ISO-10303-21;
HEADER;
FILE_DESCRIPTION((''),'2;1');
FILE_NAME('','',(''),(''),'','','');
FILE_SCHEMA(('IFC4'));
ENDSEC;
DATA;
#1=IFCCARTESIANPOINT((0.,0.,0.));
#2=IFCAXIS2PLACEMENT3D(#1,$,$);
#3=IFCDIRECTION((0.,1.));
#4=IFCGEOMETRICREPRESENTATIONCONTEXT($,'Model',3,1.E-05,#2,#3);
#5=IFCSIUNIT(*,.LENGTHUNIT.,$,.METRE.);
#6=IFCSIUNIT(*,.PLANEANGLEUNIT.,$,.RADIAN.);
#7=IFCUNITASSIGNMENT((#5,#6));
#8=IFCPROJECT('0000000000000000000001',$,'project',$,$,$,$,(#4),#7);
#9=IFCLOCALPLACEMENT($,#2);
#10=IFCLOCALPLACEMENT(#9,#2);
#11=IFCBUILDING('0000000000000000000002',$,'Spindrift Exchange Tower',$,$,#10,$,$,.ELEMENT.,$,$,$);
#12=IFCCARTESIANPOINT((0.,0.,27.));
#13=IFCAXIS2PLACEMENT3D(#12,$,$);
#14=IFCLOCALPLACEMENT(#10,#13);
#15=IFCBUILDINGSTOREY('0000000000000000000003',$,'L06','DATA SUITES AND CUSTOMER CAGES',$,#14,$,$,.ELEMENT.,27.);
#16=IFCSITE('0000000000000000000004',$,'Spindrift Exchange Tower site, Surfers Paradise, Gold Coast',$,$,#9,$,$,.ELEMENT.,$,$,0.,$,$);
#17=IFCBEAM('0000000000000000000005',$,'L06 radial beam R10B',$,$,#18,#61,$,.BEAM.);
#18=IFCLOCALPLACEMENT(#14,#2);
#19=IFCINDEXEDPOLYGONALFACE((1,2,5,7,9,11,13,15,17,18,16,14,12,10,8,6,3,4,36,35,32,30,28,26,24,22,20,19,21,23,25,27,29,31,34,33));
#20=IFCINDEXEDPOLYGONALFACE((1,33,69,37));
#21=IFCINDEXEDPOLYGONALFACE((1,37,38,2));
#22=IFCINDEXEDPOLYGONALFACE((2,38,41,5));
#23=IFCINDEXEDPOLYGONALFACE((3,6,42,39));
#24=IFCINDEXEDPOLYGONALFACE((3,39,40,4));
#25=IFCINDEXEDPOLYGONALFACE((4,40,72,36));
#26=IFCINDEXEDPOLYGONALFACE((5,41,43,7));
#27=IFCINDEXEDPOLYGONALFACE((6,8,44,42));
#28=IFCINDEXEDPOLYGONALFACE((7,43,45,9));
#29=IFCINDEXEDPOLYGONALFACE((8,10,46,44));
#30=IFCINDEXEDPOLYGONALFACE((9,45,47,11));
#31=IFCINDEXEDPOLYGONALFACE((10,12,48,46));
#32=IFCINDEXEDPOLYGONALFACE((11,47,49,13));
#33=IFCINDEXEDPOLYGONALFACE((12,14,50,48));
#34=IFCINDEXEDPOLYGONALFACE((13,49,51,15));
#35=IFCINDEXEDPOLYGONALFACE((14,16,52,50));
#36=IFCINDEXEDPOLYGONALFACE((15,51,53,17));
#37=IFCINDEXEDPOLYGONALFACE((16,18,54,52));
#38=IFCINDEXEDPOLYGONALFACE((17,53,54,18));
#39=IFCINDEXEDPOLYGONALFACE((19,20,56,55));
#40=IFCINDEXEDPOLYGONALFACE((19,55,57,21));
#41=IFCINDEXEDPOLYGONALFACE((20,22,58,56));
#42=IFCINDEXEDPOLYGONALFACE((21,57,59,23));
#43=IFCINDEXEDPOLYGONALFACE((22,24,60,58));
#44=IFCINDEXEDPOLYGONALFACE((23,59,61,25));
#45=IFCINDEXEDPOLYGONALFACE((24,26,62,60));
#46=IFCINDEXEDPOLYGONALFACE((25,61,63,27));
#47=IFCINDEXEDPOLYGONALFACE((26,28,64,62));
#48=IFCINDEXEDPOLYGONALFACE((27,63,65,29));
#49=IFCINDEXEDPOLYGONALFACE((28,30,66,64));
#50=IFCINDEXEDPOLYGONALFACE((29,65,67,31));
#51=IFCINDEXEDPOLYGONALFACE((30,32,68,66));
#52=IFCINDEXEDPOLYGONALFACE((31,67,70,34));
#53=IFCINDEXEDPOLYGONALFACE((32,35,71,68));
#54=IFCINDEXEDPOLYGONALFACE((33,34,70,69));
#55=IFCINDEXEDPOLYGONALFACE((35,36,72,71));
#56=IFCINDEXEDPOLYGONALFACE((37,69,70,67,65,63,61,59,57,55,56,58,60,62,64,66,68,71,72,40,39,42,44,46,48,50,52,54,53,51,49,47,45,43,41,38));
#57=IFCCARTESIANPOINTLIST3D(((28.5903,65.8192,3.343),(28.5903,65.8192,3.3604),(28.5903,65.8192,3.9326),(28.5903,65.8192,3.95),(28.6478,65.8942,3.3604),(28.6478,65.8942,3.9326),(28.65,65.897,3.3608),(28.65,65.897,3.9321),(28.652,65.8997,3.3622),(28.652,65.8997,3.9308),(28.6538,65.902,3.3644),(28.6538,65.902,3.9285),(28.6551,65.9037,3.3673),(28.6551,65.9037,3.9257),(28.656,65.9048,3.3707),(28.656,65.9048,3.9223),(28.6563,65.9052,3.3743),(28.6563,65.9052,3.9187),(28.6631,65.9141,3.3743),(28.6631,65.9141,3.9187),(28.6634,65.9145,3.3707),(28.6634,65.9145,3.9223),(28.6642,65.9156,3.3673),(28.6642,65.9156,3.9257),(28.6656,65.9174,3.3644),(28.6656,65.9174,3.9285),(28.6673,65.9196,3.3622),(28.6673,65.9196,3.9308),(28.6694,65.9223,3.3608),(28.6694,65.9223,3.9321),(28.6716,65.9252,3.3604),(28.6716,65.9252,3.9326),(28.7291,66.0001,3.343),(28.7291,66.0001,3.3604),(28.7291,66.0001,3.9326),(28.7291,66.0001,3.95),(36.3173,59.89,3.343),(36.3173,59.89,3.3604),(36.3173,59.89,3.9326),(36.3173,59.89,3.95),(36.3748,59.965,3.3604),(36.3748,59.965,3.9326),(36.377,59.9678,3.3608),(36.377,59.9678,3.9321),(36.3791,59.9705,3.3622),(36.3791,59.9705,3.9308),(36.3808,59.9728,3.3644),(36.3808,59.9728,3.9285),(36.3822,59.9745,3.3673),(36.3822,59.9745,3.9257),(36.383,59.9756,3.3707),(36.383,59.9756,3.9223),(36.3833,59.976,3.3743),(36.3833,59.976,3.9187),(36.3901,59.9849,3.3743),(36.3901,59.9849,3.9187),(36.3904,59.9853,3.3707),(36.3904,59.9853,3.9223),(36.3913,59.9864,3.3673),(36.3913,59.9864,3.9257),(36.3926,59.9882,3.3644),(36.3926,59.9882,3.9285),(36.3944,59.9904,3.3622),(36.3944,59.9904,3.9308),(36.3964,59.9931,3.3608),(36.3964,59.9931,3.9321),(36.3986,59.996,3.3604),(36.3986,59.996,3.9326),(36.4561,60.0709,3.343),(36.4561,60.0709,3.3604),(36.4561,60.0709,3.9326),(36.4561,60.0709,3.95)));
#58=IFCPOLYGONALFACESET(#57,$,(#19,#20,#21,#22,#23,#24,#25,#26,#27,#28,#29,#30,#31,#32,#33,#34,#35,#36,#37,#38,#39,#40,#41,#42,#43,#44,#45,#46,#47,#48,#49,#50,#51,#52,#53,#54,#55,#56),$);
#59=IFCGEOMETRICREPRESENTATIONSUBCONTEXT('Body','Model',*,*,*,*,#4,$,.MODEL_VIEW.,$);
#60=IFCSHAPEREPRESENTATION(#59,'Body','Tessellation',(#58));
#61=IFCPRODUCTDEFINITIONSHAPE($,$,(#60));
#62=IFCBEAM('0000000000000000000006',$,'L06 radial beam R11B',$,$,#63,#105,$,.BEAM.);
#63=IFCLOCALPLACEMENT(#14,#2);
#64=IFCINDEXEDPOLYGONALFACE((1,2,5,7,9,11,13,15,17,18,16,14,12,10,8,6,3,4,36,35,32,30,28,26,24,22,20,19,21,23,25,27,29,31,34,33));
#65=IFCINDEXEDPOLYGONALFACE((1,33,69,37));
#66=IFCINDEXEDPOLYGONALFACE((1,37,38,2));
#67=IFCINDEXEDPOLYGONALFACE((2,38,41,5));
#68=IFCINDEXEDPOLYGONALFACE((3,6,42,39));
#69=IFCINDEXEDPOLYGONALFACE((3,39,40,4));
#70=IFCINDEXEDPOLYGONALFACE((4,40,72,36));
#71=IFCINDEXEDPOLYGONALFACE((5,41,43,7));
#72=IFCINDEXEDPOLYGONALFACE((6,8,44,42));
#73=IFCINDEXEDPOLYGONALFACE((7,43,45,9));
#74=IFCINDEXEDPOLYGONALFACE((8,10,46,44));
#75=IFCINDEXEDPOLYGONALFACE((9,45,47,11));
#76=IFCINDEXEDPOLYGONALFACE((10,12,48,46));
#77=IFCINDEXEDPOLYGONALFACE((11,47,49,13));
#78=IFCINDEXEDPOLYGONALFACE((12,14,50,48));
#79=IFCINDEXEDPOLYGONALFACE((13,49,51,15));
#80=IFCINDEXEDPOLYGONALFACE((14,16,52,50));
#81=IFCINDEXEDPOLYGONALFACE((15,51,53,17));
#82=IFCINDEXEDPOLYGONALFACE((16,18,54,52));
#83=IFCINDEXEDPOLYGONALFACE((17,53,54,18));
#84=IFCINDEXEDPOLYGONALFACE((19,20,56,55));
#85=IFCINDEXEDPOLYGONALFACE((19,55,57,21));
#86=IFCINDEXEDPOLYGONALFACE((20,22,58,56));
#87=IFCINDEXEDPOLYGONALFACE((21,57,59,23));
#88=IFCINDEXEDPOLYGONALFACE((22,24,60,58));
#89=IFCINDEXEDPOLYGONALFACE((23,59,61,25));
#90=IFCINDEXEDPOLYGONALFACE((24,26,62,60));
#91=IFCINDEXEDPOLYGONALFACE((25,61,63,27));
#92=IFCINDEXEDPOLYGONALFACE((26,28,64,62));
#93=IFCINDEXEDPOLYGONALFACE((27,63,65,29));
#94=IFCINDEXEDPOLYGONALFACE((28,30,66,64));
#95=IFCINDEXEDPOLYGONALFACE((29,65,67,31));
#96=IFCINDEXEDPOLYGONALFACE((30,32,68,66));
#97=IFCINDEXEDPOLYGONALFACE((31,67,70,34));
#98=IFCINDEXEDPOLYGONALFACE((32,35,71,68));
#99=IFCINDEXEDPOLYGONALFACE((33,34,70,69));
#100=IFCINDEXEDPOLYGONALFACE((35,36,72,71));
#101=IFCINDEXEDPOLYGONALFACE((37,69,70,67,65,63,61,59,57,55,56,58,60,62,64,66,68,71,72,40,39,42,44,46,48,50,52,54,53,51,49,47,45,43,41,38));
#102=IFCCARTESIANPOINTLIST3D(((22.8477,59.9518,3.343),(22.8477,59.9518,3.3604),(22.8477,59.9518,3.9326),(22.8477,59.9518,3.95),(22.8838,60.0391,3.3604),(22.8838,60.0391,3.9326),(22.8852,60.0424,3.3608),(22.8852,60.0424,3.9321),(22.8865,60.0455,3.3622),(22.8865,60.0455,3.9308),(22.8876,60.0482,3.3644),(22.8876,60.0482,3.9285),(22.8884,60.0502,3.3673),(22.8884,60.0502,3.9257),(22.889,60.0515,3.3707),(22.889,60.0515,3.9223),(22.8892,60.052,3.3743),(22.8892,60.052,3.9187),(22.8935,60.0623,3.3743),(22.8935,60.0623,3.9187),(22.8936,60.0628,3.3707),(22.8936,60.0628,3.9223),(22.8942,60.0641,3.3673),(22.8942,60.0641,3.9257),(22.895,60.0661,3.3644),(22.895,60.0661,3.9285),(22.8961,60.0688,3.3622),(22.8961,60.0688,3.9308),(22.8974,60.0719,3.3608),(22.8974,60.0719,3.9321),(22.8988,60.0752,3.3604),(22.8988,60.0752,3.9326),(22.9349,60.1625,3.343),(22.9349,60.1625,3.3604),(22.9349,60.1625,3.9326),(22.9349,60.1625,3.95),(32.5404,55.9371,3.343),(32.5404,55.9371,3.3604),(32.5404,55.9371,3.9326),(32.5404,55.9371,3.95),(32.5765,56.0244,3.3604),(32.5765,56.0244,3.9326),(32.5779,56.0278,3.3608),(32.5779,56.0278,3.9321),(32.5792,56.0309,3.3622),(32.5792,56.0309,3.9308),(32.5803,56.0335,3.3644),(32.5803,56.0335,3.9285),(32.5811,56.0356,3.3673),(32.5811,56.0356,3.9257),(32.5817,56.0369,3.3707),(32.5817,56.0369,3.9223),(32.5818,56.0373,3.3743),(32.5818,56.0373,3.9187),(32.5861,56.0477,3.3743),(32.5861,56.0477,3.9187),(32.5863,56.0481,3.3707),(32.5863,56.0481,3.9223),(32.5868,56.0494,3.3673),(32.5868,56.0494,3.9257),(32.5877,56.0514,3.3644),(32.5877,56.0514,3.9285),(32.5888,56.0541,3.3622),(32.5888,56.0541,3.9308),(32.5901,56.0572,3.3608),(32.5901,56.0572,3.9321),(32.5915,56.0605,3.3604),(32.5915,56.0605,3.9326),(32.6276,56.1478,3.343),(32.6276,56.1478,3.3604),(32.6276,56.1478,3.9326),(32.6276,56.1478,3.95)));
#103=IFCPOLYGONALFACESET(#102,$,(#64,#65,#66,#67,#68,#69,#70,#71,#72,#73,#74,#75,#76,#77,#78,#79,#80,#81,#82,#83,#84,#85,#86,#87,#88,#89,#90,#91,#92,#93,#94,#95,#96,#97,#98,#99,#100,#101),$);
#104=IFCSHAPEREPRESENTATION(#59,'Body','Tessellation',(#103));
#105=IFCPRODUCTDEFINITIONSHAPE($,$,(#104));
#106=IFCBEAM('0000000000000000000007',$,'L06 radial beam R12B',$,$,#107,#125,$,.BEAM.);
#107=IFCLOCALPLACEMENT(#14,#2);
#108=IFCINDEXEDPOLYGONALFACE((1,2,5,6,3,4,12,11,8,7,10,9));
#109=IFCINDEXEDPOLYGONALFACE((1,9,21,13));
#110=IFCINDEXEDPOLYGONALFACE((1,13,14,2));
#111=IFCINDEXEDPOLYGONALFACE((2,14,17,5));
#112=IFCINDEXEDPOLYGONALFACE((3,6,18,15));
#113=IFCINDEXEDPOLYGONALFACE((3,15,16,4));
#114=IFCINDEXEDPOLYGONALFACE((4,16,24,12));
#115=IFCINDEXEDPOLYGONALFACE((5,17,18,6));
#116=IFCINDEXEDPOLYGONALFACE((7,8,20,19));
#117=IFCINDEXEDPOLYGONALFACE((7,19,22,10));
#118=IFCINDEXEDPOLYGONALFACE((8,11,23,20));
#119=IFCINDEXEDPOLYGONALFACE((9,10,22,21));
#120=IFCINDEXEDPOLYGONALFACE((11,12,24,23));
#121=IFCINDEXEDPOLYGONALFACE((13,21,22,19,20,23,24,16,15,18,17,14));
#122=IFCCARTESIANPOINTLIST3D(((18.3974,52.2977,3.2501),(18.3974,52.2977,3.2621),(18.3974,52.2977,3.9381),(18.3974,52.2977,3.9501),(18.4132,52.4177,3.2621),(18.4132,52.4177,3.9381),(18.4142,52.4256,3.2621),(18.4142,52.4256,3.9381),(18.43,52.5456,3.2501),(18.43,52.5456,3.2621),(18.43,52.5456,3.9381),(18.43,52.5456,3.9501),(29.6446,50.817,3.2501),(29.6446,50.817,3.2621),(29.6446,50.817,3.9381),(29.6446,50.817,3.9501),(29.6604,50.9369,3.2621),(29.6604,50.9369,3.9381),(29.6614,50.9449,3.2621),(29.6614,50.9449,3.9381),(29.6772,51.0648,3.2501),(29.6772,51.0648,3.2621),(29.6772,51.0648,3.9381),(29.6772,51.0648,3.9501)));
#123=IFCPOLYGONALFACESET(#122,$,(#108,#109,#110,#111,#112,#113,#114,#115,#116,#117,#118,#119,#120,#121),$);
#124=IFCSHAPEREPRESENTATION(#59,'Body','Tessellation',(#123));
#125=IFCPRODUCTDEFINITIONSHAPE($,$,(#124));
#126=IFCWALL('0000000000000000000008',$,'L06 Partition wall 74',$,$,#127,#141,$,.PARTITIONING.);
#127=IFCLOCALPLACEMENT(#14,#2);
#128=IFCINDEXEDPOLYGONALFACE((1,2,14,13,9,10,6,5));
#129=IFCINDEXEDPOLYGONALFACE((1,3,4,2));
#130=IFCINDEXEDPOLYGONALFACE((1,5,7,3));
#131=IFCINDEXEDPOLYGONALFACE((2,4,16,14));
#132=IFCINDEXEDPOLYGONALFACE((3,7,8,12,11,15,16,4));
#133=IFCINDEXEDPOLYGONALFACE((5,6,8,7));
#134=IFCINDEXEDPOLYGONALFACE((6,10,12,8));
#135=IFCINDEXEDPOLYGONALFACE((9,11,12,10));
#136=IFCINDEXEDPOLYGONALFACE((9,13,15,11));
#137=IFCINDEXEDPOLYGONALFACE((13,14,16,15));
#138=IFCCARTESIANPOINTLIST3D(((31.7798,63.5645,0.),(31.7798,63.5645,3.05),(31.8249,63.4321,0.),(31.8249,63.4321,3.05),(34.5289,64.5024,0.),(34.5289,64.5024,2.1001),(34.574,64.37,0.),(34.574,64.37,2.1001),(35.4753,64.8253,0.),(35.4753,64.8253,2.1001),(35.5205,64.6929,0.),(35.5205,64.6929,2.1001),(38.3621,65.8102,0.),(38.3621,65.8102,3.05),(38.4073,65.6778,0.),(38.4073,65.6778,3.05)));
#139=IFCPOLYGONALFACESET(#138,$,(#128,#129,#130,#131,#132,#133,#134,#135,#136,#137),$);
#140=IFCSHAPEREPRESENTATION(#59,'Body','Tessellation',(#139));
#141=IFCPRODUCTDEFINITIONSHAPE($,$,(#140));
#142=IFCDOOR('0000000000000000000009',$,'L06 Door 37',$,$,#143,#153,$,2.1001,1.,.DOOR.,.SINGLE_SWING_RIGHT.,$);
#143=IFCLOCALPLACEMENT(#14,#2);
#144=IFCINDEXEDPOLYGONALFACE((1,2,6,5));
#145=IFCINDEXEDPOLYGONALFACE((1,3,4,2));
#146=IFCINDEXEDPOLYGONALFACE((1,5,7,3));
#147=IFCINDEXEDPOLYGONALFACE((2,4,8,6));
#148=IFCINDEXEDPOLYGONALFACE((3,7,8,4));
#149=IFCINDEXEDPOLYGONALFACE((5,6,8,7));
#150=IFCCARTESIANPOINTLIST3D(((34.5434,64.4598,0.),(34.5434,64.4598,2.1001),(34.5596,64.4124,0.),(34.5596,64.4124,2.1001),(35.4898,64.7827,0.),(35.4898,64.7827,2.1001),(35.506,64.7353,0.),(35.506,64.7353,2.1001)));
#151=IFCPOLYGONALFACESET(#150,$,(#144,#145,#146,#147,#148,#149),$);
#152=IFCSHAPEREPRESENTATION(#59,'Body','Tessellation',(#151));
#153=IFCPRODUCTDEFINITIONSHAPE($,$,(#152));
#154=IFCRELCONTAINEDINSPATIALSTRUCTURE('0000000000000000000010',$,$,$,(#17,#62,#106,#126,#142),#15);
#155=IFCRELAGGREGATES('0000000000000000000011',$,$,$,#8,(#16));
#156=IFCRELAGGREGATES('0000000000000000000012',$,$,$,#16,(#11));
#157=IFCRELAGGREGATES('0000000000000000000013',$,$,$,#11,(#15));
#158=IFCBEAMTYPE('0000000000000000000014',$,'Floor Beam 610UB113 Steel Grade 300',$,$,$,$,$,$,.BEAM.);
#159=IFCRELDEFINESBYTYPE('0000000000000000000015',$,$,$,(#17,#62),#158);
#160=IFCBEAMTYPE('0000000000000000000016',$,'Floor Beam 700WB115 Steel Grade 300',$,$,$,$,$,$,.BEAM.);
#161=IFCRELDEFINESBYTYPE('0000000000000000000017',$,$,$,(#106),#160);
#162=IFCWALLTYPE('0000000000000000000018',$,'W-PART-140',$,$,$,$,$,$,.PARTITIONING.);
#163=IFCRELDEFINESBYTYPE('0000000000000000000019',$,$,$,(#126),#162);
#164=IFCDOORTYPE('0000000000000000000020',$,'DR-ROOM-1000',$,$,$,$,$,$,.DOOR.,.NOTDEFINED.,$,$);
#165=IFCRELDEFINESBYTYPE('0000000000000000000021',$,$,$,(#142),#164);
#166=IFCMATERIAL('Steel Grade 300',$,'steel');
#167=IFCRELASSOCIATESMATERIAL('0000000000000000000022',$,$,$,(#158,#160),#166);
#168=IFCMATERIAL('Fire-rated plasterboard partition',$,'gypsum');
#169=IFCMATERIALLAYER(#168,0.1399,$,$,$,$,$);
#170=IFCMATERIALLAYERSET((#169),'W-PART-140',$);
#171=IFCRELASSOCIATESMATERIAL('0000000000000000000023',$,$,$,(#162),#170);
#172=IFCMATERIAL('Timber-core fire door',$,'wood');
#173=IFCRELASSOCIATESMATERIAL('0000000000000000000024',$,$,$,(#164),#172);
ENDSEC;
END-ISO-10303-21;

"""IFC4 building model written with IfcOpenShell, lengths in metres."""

from ifc_helpers import new_model, si_unit, direction, frame, frame_2d, origin, origin_2d, place, context, subcontext, project, spatial, rectangle, i_section, extrude, source, transform, mapped, material, layer, layer_set, material_profile, profile_set, type_object, element, fill, save


model = new_model("IFC4")

# Units and contexts
model_context = context("Model", 3, precision=1e-05, world=origin(), true_north=direction((0.0, 1.0)))
body_context = subcontext(model_context, "Body", "Model", "MODEL_VIEW")
ifc_project = project(units=[si_unit("LENGTHUNIT", "METRE"), si_unit("PLANEANGLEUNIT", "RADIAN")], contexts=[model_context])

# Site, building, storey
site_placement = place(None, origin())
site = spatial("IfcSite", under=ifc_project, at=site_placement, Name="Spindrift Exchange Tower site, Surfers Paradise, Gold Coast", CompositionType="ELEMENT", RefElevation=0.0)
building_placement = place(site_placement, origin())
building = spatial("IfcBuilding", under=site, at=building_placement, Name="Spindrift Exchange Tower", CompositionType="ELEMENT")
storey_placement = place(building_placement, frame((0.0, 0.0, 27.0)))
storey = spatial("IfcBuildingStorey", under=building, at=storey_placement, Name="L06", Description="DATA SUITES AND CUSTOMER CAGES", CompositionType="ELEMENT", Elevation=27.0)

# Beams
ifc_material_1 = material(Name="Steel Grade 300", Category="steel")
ifc_material_profile_1 = material_profile(ifc_material_1, i_section(OverallWidth=0.228, OverallDepth=0.6069, WebThickness=0.0112, FlangeThickness=0.0173, FilletRadius=0.0139, at=origin_2d()), Name="610UB113")
ifc_profile_set_1 = profile_set([ifc_material_profile_1], Name="Steel Grade 300")
beam_type_1 = type_object("IfcBeamType", Name="Floor Beam 610UB113 Steel Grade 300", PredefinedType="BEAM", material=ifc_profile_set_1)
shared_shape_1 = source(origin(), body_context, "Body", "SweptSolid", [
    extrude(i_section(OverallWidth=0.228, OverallDepth=0.6069, WebThickness=0.0112, FlangeThickness=0.0173, FilletRadius=0.0139, at=origin_2d()), origin(), (0.0, 0.0, 1.0), 9.7397),
])
beam_1_placement = place(storey_placement, frame((36.3867, 59.9805, 3.6465), z_axis=(-0.793352, 0.608763, 0.0), x_axis=(-0.608763, -0.793352, 0.0)))
element("IfcBeam", 1, at=beam_1_placement, inside=storey, type_object=beam_type_1, Name="L06 radial beam R10B", PredefinedType="BEAM", context=body_context, shape_type="MappedRepresentation", body=[
    mapped(shared_shape_1, transform((0.0, 0.0, 0.0), scale=1.0)),
])
shared_shape_2 = source(origin(), body_context, "Body", "SweptSolid", [
    extrude(i_section(OverallWidth=0.228, OverallDepth=0.6069, WebThickness=0.0112, FlangeThickness=0.0173, FilletRadius=0.0139, at=origin_2d()), origin(), (0.0, 0.0, 1.0), 10.4912),
])
beam_2_placement = place(storey_placement, frame((32.584, 56.0425, 3.6465), z_axis=(-0.923885, 0.38267, 0.0), x_axis=(-0.38267, -0.923885, 0.0)))
element("IfcBeam", 2, at=beam_2_placement, inside=storey, type_object=beam_type_1, Name="L06 radial beam R11B", PredefinedType="BEAM", context=body_context, shape_type="MappedRepresentation", body=[
    mapped(shared_shape_2, transform((0.0, 0.0, 0.0), scale=1.0)),
])
ifc_material_profile_2 = material_profile(ifc_material_1, i_section(OverallWidth=0.25, OverallDepth=0.7, WebThickness=0.0081, FlangeThickness=0.012, at=origin_2d()), Name="700WB115")
ifc_profile_set_2 = profile_set([ifc_material_profile_2], Name="Steel Grade 300")
beam_type_2 = type_object("IfcBeamType", Name="Floor Beam 700WB115 Steel Grade 300", PredefinedType="BEAM", material=ifc_profile_set_2)
shared_shape_3 = source(origin(), body_context, "Body", "SweptSolid", [
    extrude(i_section(OverallWidth=0.25, OverallDepth=0.7, WebThickness=0.0081, FlangeThickness=0.012, at=origin_2d()), origin(), (0.0, 0.0, 1.0), 11.3442),
])
beam_3_placement = place(storey_placement, frame((29.6609, 50.9409, 3.6001), z_axis=(-0.991445, 0.130527, 0.0), x_axis=(-0.130527, -0.991445, 0.0)))
element("IfcBeam", 3, at=beam_3_placement, inside=storey, type_object=beam_type_2, Name="L06 radial beam R12B", PredefinedType="BEAM", context=body_context, shape_type="MappedRepresentation", body=[
    mapped(shared_shape_3, transform((0.0, 0.0, 0.0), scale=1.0)),
])

# Wall, opening, door
ifc_material_2 = material(Name="Fire-rated plasterboard partition", Category="gypsum")
ifc_layer_1 = layer(ifc_material_2, 0.1399)
ifc_layer_set_1 = layer_set([ifc_layer_1], Name="W-PART-140")
wall_type_1 = type_object("IfcWallType", Name="W-PART-140", PredefinedType="PARTITIONING", material=ifc_layer_set_1)
wall_1_placement = place(storey_placement, frame((31.8022, 63.4983, 0.0), z_axis=(0.0, 0.0, 1.0), x_axis=(0.946438, 0.322886, 0.0)))
wall_1 = element("IfcWall", 4, at=wall_1_placement, inside=storey, type_object=wall_type_1, Name="L06 Partition wall 74", PredefinedType="PARTITIONING", context=body_context, shape_type="SweptSolid", body=[
    extrude(rectangle(XDim=6.9548, YDim=0.1399, at=frame_2d((3.4775, 0.0))), origin(), (0.0, 0.0, 1.0), 3.05),
])
opening_1_placement = place(wall_1_placement, frame((2.9048, 0.0, 0.0)))
opening_1 = element("IfcOpeningElement", 5, at=opening_1_placement, cuts=wall_1, PredefinedType="OPENING", context=body_context, shape_type="SweptSolid", body=[
    extrude(rectangle(XDim=1.0, YDim=2.1001, at=frame_2d((0.5, 1.05))), frame((0.0, 0.0798, 0.0), z_axis=(0.0, -1.0, 0.0), x_axis=(1.0, 0.0, 0.0)), (0.0, 0.0, 1.0), 0.1599),
])
ifc_material_3 = material(Name="Timber-core fire door", Category="wood")
door_type = type_object("IfcDoorType", Name="DR-ROOM-1000", OperationType="NOTDEFINED", PredefinedType="DOOR", material=ifc_material_3)
shared_shape_4 = source(origin(), body_context, "Body", "SweptSolid", [
    extrude(rectangle(XDim=1.0, YDim=2.1001, at=frame_2d((0.5, 1.05))), frame((0.0, 0.0249, 0.0), z_axis=(0.0, -1.0, 0.0), x_axis=(1.0, 0.0, 0.0)), (0.0, 0.0, 1.0), 0.05),
])
door_1_placement = place(opening_1_placement, origin())
door_1 = element("IfcDoor", 6, at=door_1_placement, inside=storey, type_object=door_type, Name="L06 Door 37", OperationType="SINGLE_SWING_RIGHT", OverallHeight=2.1001, OverallWidth=1.0, PredefinedType="DOOR", context=body_context, shape_type="MappedRepresentation", body=[
    mapped(shared_shape_4, transform((0.0, 0.0, 0.0), scale=1.0)),
])
fill(opening_1, door_1)

save(model, "model.ifc")
